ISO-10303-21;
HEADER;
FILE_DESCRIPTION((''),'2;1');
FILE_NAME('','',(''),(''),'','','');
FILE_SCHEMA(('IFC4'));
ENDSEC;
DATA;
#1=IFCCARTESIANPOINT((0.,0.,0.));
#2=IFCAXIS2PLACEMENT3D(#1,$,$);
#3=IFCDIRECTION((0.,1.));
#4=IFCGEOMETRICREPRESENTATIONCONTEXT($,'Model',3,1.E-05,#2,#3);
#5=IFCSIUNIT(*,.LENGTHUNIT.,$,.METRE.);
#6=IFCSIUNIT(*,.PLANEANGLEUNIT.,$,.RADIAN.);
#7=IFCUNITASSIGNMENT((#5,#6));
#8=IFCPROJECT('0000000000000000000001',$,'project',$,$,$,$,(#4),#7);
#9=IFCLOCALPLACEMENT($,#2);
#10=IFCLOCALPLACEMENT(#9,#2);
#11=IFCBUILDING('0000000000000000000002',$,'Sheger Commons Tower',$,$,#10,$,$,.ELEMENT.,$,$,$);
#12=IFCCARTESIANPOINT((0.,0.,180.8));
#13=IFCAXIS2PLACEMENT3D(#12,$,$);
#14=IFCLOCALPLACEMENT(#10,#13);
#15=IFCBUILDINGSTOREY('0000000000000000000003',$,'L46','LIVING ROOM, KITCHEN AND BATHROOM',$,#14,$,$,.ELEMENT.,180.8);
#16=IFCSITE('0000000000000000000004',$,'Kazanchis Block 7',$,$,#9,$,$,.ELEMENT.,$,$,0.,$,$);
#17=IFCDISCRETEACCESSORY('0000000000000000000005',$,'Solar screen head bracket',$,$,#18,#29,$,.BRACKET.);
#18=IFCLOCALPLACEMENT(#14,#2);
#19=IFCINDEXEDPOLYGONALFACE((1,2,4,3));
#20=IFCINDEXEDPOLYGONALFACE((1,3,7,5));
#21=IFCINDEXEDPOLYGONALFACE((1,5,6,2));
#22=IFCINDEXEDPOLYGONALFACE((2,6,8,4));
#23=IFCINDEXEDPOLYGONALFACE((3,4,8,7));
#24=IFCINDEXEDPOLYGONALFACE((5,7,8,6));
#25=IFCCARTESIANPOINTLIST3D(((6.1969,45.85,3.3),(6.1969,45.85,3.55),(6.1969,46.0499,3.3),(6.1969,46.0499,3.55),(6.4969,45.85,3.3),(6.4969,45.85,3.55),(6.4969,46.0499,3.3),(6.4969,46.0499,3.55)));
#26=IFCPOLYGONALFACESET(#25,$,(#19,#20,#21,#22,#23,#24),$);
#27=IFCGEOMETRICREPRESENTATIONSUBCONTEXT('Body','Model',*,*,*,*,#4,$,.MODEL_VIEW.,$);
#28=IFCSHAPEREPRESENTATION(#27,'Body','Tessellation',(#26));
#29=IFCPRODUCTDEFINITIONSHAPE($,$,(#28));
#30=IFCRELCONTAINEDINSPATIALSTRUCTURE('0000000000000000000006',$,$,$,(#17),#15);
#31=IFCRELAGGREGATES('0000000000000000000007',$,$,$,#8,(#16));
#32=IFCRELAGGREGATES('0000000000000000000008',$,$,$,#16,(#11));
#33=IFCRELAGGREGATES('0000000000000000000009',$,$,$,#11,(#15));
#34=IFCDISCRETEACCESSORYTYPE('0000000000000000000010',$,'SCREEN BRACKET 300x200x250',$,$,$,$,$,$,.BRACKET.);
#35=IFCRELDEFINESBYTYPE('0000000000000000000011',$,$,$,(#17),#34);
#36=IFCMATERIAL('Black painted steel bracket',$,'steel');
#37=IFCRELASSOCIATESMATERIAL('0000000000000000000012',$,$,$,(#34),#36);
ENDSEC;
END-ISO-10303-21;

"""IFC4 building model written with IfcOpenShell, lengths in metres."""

from ifc_helpers import new_model, si_unit, direction, frame, origin, origin_2d, place, context, subcontext, project, spatial, rectangle, extrude, material, type_object, element, save


model = new_model("IFC4")

# Units and contexts
model_context = context("Model", 3, precision=1e-05, world=origin(), true_north=direction((0.0, 1.0)))
body_context = subcontext(model_context, "Body", "Model", "MODEL_VIEW")
ifc_project = project(units=[si_unit("LENGTHUNIT", "METRE"), si_unit("PLANEANGLEUNIT", "RADIAN")], contexts=[model_context])

# Site, building, storey
site_placement = place(None, origin())
site = spatial("IfcSite", under=ifc_project, at=site_placement, Name="Kazanchis Block 7", CompositionType="ELEMENT", RefElevation=0.0)
building_placement = place(site_placement, origin())
building = spatial("IfcBuilding", under=site, at=building_placement, Name="Sheger Commons Tower", CompositionType="ELEMENT")
storey_placement = place(building_placement, frame((0.0, 0.0, 180.8)))
storey = spatial("IfcBuildingStorey", under=building, at=storey_placement, Name="L46", Description="LIVING ROOM, KITCHEN AND BATHROOM", CompositionType="ELEMENT", Elevation=180.8)

# Discrete accessory
ifc_material_1 = material(Name="Black painted steel bracket", Category="steel")
discrete_accessory_type = type_object("IfcDiscreteAccessoryType", Name="SCREEN BRACKET 300x200x250", PredefinedType="BRACKET", material=ifc_material_1)
for number, where, z_axis, x_axis, name in (
    (1, (6.3469, 45.95, 3.3), (0.0, 0.0, 1.0), (-1.0, 0.0, 0.0), "Solar screen head bracket"),
):
    element("IfcDiscreteAccessory", number, at=place(storey_placement, frame(where, z_axis=z_axis, x_axis=x_axis)), inside=storey, type_object=discrete_accessory_type, Name=name, PredefinedType="BRACKET", context=body_context, shape_type="SweptSolid", body=[
        extrude(rectangle(XDim=0.3, YDim=0.2, at=origin_2d()), origin(), (0.0, 0.0, 1.0), 0.25),
    ])

save(model, "model.ifc")
